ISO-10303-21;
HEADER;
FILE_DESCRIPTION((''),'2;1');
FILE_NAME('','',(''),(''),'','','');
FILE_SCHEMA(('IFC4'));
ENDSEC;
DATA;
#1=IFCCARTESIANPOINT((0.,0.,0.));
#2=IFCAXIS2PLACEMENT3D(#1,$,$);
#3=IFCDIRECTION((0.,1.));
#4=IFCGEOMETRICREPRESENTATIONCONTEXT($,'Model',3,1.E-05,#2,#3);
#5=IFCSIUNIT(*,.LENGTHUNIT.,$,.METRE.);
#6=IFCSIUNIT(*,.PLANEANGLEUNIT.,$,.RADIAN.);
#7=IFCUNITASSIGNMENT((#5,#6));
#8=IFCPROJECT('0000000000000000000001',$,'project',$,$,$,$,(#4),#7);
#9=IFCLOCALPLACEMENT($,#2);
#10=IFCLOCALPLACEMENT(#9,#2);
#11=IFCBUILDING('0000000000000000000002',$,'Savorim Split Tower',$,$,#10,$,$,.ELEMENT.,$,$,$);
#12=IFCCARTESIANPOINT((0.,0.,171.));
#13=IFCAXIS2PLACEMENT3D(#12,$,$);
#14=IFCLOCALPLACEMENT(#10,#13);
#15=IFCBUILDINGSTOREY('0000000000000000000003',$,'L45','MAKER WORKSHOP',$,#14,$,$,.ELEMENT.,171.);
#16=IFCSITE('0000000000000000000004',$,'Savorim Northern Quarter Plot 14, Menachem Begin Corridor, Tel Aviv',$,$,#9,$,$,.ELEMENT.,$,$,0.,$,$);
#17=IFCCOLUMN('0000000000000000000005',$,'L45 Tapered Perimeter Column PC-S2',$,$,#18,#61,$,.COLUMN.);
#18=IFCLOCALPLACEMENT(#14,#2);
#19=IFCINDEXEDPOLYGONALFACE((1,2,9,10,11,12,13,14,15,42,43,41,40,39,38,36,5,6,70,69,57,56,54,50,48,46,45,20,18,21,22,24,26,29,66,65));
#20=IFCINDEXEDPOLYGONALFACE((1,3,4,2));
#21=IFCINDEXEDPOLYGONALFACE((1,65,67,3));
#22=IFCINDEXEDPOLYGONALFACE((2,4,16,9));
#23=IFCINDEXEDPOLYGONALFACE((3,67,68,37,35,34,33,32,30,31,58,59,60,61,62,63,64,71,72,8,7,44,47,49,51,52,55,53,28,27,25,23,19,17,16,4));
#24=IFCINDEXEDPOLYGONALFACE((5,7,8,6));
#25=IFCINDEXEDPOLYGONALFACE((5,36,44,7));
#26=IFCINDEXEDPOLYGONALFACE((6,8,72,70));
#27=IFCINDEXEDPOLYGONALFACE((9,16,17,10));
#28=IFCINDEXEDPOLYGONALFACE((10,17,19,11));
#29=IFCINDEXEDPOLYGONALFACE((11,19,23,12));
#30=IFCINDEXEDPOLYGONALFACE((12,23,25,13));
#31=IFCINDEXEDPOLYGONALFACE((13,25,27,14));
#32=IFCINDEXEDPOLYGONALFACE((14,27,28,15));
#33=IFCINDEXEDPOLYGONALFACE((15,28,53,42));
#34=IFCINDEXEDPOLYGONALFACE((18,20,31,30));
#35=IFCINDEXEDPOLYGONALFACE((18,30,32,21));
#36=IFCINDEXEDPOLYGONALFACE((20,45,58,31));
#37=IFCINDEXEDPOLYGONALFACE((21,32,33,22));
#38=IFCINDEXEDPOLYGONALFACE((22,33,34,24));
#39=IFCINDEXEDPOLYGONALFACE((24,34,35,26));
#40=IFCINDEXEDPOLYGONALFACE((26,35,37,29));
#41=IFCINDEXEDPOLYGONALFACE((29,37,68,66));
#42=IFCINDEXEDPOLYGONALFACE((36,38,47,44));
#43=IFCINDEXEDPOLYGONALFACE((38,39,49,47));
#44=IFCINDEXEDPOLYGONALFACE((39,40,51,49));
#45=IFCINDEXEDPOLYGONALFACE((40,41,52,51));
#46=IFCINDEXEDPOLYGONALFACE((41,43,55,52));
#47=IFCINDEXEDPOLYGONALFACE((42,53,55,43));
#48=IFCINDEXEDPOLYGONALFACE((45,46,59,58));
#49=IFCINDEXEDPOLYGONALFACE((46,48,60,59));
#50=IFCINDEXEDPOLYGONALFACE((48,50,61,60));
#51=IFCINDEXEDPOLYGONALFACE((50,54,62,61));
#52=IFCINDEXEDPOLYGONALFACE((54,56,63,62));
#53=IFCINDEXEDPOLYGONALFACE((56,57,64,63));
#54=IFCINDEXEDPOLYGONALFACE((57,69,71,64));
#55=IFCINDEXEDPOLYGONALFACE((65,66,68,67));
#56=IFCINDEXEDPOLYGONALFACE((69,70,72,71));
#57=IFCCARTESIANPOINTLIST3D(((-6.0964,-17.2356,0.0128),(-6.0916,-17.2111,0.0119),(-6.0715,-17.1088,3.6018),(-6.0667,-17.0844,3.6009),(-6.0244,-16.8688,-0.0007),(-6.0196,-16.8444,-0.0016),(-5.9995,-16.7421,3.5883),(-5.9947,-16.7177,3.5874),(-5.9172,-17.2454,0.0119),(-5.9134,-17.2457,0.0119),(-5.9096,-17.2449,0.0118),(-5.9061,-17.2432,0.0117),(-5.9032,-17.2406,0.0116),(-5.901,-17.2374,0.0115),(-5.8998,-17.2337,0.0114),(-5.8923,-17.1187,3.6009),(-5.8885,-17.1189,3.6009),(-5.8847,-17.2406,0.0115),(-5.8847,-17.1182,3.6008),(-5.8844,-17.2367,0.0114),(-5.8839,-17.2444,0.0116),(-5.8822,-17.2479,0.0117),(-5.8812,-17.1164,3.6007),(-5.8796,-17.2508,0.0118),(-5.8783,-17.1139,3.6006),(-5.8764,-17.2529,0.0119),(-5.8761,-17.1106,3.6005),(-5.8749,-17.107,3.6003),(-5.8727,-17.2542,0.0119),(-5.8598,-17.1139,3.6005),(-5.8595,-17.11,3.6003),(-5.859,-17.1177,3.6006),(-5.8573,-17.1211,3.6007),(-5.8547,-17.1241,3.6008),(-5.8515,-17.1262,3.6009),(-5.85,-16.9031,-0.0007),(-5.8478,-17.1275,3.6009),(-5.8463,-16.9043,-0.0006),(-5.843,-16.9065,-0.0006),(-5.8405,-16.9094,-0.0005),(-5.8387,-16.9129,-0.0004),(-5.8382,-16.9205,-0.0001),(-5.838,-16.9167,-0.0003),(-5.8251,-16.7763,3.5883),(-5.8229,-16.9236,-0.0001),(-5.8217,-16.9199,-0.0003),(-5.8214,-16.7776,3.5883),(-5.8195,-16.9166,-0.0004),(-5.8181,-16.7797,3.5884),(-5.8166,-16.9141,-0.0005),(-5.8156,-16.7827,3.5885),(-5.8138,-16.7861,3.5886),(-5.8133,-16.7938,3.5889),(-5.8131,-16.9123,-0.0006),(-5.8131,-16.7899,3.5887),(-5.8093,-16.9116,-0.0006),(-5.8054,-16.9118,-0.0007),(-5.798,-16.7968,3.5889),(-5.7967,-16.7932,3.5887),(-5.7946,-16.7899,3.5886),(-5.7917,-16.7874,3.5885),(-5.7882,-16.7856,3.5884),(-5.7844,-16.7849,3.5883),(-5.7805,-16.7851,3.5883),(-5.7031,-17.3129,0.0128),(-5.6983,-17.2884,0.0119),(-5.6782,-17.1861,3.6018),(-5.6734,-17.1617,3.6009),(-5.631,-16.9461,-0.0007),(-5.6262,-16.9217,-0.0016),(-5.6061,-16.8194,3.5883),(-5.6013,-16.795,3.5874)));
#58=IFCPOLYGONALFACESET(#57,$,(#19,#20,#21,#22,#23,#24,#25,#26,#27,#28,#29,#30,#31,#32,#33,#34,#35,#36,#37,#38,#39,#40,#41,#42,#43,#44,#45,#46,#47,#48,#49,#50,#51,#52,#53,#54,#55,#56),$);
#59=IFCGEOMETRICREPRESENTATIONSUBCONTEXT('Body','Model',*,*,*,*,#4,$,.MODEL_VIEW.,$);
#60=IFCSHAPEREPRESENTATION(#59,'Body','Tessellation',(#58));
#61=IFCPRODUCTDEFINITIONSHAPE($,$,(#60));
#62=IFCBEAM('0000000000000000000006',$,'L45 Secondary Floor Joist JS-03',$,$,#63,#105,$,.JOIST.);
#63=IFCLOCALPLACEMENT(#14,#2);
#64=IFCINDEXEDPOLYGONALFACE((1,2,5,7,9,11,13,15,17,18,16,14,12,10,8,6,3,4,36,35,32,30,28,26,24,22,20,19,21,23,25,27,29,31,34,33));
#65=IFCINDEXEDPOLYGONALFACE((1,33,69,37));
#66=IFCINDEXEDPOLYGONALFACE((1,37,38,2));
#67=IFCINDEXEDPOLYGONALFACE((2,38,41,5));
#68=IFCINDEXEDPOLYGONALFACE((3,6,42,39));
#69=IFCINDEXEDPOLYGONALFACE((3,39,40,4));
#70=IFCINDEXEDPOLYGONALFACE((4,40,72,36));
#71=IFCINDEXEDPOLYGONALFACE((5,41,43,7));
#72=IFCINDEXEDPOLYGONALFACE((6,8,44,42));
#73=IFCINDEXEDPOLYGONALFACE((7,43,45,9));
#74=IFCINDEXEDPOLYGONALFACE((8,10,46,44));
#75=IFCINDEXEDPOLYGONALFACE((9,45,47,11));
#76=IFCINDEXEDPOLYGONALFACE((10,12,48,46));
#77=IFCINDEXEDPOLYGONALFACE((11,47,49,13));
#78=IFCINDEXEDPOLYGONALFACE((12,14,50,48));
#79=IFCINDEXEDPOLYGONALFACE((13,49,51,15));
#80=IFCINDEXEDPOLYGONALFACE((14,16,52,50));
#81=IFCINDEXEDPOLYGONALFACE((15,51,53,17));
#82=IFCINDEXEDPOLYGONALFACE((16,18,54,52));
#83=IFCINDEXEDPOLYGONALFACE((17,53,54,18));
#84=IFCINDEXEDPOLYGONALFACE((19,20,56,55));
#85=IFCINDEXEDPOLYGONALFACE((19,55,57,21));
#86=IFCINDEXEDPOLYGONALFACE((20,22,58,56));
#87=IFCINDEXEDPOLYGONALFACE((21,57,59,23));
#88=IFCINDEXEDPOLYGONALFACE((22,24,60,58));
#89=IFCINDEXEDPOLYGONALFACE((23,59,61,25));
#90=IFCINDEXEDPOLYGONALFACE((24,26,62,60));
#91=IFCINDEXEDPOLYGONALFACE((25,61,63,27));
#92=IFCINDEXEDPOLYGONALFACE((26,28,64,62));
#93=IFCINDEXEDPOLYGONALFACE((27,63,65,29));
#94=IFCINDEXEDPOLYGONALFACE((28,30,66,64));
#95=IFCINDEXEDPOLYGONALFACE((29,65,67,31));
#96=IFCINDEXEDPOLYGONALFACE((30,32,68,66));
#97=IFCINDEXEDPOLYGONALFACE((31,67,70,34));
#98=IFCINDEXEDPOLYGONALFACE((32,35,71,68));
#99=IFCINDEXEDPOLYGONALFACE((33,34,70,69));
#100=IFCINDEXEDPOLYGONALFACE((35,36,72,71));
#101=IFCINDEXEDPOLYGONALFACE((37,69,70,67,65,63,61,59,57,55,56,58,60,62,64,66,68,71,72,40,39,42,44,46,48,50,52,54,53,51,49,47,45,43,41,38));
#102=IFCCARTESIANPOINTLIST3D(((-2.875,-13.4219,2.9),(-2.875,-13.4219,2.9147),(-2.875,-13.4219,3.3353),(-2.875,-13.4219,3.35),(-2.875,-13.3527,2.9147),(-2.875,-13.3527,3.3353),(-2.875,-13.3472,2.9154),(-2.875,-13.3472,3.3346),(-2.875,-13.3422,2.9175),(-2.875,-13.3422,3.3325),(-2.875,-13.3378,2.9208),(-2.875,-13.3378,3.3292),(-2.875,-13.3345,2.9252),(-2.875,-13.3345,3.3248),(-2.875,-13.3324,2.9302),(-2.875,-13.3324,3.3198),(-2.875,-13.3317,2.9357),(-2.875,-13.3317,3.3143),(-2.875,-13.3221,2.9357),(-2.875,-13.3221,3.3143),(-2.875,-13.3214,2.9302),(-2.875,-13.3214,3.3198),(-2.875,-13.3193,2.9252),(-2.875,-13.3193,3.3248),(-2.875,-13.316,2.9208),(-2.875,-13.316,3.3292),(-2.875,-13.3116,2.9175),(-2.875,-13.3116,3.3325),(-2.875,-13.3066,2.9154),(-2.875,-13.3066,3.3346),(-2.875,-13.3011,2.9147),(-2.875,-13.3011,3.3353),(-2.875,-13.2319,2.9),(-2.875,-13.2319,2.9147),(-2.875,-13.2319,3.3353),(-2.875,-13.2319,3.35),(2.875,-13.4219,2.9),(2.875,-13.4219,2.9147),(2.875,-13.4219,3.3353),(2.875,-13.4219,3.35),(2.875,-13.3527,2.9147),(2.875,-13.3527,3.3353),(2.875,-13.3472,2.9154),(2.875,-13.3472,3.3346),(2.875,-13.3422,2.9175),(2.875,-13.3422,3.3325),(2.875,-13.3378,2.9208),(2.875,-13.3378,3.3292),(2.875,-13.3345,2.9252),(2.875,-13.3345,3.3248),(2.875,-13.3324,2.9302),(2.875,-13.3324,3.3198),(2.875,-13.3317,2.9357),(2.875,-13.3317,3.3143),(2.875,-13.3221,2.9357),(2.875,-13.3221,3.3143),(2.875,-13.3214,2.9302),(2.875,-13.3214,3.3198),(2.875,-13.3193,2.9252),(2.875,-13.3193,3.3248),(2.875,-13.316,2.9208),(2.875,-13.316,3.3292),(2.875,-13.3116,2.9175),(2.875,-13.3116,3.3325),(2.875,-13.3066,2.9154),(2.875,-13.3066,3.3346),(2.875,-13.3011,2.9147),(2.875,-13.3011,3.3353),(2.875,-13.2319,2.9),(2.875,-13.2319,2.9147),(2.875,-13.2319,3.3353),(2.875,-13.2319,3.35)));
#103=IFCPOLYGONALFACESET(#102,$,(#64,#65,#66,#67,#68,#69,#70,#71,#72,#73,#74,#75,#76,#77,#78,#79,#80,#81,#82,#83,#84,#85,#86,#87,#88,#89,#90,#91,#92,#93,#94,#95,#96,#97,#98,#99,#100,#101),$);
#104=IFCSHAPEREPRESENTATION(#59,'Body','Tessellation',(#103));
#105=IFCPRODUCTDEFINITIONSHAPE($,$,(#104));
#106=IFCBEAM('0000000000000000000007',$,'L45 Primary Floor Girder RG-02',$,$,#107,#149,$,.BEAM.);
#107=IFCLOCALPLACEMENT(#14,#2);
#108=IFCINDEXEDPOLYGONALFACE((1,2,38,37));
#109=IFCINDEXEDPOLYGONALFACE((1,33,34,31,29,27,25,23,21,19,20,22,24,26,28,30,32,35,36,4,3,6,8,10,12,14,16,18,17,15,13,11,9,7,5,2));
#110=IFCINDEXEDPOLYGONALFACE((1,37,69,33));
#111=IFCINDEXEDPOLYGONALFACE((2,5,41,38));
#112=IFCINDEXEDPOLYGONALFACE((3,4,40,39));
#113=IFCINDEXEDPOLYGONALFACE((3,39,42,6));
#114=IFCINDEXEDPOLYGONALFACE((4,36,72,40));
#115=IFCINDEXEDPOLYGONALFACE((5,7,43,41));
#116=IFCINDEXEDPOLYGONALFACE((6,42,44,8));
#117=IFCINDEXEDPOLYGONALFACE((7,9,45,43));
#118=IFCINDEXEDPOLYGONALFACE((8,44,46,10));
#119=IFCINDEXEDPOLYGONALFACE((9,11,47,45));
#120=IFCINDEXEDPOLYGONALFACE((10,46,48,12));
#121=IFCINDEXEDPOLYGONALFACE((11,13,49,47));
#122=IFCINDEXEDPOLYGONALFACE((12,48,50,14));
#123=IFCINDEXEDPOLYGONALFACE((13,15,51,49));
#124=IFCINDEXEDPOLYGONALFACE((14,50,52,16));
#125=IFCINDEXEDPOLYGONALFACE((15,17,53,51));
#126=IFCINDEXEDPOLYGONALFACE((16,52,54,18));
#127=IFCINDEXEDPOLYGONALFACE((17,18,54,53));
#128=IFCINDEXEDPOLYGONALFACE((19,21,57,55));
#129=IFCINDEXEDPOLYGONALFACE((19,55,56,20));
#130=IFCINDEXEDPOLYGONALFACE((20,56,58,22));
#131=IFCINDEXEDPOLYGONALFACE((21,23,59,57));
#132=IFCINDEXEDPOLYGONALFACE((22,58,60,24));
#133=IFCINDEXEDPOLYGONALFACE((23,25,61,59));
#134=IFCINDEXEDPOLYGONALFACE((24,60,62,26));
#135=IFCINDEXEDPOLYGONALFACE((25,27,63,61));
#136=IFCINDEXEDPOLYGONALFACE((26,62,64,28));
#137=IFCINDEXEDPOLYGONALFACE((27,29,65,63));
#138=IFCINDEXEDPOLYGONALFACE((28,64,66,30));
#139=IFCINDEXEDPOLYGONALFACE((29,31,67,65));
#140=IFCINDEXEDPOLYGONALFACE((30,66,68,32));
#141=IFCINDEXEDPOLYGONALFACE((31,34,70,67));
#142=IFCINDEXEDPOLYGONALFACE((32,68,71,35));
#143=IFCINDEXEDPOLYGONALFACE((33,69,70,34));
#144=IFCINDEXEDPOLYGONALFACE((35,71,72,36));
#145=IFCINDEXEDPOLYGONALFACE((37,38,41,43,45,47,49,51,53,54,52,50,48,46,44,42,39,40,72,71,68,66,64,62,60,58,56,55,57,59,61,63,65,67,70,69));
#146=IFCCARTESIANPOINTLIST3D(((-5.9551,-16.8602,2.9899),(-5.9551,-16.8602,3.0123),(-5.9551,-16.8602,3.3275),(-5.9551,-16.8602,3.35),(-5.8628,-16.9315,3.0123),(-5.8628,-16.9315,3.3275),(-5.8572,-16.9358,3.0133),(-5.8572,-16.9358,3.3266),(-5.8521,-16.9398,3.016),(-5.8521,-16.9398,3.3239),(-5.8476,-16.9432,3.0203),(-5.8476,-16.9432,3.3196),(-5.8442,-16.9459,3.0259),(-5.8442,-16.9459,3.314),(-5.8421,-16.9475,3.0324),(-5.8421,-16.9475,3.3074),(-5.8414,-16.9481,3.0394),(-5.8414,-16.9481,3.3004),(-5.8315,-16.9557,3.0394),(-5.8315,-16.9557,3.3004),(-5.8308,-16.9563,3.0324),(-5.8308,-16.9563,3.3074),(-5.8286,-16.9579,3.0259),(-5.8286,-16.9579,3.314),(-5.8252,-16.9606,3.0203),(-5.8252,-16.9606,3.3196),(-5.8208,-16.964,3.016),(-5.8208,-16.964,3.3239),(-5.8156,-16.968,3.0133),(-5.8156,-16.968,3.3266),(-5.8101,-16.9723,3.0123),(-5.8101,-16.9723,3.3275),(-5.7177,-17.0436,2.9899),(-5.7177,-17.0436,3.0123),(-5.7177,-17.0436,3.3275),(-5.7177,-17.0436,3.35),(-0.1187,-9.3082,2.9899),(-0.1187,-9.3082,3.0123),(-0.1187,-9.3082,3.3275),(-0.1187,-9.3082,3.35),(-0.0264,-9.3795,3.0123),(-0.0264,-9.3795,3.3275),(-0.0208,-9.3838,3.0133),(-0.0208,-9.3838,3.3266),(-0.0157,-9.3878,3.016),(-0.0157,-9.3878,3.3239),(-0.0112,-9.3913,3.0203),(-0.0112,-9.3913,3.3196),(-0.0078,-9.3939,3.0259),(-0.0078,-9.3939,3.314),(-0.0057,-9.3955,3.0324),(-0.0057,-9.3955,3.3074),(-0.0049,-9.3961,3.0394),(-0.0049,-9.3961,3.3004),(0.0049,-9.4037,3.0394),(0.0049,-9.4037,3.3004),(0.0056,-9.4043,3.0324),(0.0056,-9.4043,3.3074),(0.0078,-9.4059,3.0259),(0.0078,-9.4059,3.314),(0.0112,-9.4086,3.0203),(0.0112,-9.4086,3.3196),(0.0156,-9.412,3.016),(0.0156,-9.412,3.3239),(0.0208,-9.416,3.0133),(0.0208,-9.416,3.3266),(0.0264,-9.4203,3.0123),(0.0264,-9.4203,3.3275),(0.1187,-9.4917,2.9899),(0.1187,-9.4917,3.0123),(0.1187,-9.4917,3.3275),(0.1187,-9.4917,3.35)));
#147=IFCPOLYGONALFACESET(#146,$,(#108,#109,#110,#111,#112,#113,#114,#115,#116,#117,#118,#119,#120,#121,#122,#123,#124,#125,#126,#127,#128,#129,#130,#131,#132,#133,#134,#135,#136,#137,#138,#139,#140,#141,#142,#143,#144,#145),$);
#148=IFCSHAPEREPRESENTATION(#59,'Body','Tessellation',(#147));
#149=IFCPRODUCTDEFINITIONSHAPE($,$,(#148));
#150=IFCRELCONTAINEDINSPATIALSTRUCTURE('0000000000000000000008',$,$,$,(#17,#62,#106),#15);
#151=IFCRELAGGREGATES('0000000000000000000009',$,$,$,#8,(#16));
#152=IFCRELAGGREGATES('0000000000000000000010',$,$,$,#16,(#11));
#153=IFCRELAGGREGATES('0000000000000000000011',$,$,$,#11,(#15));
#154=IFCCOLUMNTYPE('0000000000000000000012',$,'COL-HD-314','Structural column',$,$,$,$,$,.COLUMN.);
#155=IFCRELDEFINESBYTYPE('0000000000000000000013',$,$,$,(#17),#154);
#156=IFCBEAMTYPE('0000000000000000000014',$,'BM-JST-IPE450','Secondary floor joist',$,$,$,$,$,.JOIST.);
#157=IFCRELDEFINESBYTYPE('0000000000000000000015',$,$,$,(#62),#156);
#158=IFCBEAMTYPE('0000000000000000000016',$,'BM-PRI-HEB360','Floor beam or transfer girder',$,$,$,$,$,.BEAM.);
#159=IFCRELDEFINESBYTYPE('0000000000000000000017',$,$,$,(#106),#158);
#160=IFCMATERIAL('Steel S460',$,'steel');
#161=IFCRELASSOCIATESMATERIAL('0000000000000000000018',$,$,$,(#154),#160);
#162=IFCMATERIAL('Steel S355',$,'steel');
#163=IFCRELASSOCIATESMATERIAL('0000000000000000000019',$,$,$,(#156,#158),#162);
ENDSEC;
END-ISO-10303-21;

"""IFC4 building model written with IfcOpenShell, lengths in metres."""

from ifc_helpers import new_model, si_unit, direction, frame, origin, origin_2d, place, context, subcontext, project, spatial, i_section, extrude, material, material_profile, profile_set, type_object, element, save


model = new_model("IFC4")

# Units and contexts
model_context = context("Model", 3, precision=1e-05, world=origin(), true_north=direction((0.0, 1.0)))
body_context = subcontext(model_context, "Body", "Model", "MODEL_VIEW")
ifc_project = project(units=[si_unit("LENGTHUNIT", "METRE"), si_unit("PLANEANGLEUNIT", "RADIAN")], contexts=[model_context])

# Site, building, storey
site_placement = place(None, origin())
site = spatial("IfcSite", under=ifc_project, at=site_placement, Name="Savorim Northern Quarter Plot 14, Menachem Begin Corridor, Tel Aviv", CompositionType="ELEMENT", RefElevation=0.0)
building_placement = place(site_placement, origin())
building = spatial("IfcBuilding", under=site, at=building_placement, Name="Savorim Split Tower", CompositionType="ELEMENT")
storey_placement = place(building_placement, frame((0.0, 0.0, 171.0)))
storey = spatial("IfcBuildingStorey", under=building, at=storey_placement, Name="L45", Description="MAKER WORKSHOP", CompositionType="ELEMENT", Elevation=171.0)

# Column
ifc_material_1 = material(Name="Steel S460", Category="steel")
ifc_material_profile_1 = material_profile(ifc_material_1, i_section(OverallWidth=0.4009, OverallDepth=0.3989, WebThickness=0.0156, FlangeThickness=0.0249, FilletRadius=0.0149, at=origin_2d()), Name="HD 400x314")
ifc_profile_set_1 = profile_set([ifc_material_profile_1], Name="Steel S460")
column_type = type_object("IfcColumnType", Name="COL-HD-314", Description="Structural column", PredefinedType="COLUMN", material=ifc_profile_set_1)
column_placement = place(storey_placement, frame((-5.8613, -17.0786, 0.0056), z_axis=(0.006934, 0.035283, 0.999353), x_axis=(-0.98123, 0.192843, 0.0)))
element("IfcColumn", 1, at=column_placement, inside=storey, type_object=column_type, Name="L45 Tapered Perimeter Column PC-S2", PredefinedType="COLUMN", context=body_context, shape_type="SweptSolid", body=[
    extrude(i_section(OverallWidth=0.4009, OverallDepth=0.3989, WebThickness=0.0156, FlangeThickness=0.0249, FilletRadius=0.0149, at=origin_2d()), origin(), (0.0, 0.0, 1.0), 3.5913),
])

# Beams
ifc_material_2 = material(Name="Steel S355", Category="steel")
ifc_material_profile_2 = material_profile(ifc_material_2, i_section(OverallWidth=0.1899, OverallDepth=0.45, WebThickness=0.0095, FlangeThickness=0.0146, FilletRadius=0.021, at=origin_2d()), Name="IPE 450")
ifc_profile_set_2 = profile_set([ifc_material_profile_2], Name="Steel S355")
beam_type_1 = type_object("IfcBeamType", Name="BM-JST-IPE450", Description="Secondary floor joist", PredefinedType="JOIST", material=ifc_profile_set_2)
beam_1_placement = place(storey_placement, frame((-2.875, -13.3269, 3.125), z_axis=(1.0, 0.0, 0.0), x_axis=(0.0, 1.0, 0.0)))
element("IfcBeam", 2, at=beam_1_placement, inside=storey, type_object=beam_type_1, Name="L45 Secondary Floor Joist JS-03", PredefinedType="JOIST", context=body_context, shape_type="SweptSolid", body=[
    extrude(i_section(OverallWidth=0.1899, OverallDepth=0.45, WebThickness=0.0095, FlangeThickness=0.0146, FilletRadius=0.021, at=origin_2d()), origin(), (0.0, 0.0, 1.0), 5.75),
])
ifc_material_profile_3 = material_profile(ifc_material_2, i_section(OverallWidth=0.3, OverallDepth=0.3601, WebThickness=0.0125, FlangeThickness=0.0225, FilletRadius=0.0271, at=origin_2d()), Name="HEB 360")
ifc_profile_set_3 = profile_set([ifc_material_profile_3], Name="Steel S355")
beam_type_2 = type_object("IfcBeamType", Name="BM-PRI-HEB360", Description="Floor beam or transfer girder", PredefinedType="BEAM", material=ifc_profile_set_3)
beam_2_placement = place(storey_placement, frame((-5.8364, -16.9519, 3.1699), z_axis=(0.611499, 0.791245, 0.0), x_axis=(-0.791245, 0.611499, 0.0)))
element("IfcBeam", 3, at=beam_2_placement, inside=storey, type_object=beam_type_2, Name="L45 Primary Floor Girder RG-02", PredefinedType="BEAM", context=body_context, shape_type="SweptSolid", body=[
    extrude(i_section(OverallWidth=0.3, OverallDepth=0.3601, WebThickness=0.0125, FlangeThickness=0.0225, FilletRadius=0.0271, at=origin_2d()), origin(), (0.0, 0.0, 1.0), 9.5444),
])

save(model, "model.ifc")
